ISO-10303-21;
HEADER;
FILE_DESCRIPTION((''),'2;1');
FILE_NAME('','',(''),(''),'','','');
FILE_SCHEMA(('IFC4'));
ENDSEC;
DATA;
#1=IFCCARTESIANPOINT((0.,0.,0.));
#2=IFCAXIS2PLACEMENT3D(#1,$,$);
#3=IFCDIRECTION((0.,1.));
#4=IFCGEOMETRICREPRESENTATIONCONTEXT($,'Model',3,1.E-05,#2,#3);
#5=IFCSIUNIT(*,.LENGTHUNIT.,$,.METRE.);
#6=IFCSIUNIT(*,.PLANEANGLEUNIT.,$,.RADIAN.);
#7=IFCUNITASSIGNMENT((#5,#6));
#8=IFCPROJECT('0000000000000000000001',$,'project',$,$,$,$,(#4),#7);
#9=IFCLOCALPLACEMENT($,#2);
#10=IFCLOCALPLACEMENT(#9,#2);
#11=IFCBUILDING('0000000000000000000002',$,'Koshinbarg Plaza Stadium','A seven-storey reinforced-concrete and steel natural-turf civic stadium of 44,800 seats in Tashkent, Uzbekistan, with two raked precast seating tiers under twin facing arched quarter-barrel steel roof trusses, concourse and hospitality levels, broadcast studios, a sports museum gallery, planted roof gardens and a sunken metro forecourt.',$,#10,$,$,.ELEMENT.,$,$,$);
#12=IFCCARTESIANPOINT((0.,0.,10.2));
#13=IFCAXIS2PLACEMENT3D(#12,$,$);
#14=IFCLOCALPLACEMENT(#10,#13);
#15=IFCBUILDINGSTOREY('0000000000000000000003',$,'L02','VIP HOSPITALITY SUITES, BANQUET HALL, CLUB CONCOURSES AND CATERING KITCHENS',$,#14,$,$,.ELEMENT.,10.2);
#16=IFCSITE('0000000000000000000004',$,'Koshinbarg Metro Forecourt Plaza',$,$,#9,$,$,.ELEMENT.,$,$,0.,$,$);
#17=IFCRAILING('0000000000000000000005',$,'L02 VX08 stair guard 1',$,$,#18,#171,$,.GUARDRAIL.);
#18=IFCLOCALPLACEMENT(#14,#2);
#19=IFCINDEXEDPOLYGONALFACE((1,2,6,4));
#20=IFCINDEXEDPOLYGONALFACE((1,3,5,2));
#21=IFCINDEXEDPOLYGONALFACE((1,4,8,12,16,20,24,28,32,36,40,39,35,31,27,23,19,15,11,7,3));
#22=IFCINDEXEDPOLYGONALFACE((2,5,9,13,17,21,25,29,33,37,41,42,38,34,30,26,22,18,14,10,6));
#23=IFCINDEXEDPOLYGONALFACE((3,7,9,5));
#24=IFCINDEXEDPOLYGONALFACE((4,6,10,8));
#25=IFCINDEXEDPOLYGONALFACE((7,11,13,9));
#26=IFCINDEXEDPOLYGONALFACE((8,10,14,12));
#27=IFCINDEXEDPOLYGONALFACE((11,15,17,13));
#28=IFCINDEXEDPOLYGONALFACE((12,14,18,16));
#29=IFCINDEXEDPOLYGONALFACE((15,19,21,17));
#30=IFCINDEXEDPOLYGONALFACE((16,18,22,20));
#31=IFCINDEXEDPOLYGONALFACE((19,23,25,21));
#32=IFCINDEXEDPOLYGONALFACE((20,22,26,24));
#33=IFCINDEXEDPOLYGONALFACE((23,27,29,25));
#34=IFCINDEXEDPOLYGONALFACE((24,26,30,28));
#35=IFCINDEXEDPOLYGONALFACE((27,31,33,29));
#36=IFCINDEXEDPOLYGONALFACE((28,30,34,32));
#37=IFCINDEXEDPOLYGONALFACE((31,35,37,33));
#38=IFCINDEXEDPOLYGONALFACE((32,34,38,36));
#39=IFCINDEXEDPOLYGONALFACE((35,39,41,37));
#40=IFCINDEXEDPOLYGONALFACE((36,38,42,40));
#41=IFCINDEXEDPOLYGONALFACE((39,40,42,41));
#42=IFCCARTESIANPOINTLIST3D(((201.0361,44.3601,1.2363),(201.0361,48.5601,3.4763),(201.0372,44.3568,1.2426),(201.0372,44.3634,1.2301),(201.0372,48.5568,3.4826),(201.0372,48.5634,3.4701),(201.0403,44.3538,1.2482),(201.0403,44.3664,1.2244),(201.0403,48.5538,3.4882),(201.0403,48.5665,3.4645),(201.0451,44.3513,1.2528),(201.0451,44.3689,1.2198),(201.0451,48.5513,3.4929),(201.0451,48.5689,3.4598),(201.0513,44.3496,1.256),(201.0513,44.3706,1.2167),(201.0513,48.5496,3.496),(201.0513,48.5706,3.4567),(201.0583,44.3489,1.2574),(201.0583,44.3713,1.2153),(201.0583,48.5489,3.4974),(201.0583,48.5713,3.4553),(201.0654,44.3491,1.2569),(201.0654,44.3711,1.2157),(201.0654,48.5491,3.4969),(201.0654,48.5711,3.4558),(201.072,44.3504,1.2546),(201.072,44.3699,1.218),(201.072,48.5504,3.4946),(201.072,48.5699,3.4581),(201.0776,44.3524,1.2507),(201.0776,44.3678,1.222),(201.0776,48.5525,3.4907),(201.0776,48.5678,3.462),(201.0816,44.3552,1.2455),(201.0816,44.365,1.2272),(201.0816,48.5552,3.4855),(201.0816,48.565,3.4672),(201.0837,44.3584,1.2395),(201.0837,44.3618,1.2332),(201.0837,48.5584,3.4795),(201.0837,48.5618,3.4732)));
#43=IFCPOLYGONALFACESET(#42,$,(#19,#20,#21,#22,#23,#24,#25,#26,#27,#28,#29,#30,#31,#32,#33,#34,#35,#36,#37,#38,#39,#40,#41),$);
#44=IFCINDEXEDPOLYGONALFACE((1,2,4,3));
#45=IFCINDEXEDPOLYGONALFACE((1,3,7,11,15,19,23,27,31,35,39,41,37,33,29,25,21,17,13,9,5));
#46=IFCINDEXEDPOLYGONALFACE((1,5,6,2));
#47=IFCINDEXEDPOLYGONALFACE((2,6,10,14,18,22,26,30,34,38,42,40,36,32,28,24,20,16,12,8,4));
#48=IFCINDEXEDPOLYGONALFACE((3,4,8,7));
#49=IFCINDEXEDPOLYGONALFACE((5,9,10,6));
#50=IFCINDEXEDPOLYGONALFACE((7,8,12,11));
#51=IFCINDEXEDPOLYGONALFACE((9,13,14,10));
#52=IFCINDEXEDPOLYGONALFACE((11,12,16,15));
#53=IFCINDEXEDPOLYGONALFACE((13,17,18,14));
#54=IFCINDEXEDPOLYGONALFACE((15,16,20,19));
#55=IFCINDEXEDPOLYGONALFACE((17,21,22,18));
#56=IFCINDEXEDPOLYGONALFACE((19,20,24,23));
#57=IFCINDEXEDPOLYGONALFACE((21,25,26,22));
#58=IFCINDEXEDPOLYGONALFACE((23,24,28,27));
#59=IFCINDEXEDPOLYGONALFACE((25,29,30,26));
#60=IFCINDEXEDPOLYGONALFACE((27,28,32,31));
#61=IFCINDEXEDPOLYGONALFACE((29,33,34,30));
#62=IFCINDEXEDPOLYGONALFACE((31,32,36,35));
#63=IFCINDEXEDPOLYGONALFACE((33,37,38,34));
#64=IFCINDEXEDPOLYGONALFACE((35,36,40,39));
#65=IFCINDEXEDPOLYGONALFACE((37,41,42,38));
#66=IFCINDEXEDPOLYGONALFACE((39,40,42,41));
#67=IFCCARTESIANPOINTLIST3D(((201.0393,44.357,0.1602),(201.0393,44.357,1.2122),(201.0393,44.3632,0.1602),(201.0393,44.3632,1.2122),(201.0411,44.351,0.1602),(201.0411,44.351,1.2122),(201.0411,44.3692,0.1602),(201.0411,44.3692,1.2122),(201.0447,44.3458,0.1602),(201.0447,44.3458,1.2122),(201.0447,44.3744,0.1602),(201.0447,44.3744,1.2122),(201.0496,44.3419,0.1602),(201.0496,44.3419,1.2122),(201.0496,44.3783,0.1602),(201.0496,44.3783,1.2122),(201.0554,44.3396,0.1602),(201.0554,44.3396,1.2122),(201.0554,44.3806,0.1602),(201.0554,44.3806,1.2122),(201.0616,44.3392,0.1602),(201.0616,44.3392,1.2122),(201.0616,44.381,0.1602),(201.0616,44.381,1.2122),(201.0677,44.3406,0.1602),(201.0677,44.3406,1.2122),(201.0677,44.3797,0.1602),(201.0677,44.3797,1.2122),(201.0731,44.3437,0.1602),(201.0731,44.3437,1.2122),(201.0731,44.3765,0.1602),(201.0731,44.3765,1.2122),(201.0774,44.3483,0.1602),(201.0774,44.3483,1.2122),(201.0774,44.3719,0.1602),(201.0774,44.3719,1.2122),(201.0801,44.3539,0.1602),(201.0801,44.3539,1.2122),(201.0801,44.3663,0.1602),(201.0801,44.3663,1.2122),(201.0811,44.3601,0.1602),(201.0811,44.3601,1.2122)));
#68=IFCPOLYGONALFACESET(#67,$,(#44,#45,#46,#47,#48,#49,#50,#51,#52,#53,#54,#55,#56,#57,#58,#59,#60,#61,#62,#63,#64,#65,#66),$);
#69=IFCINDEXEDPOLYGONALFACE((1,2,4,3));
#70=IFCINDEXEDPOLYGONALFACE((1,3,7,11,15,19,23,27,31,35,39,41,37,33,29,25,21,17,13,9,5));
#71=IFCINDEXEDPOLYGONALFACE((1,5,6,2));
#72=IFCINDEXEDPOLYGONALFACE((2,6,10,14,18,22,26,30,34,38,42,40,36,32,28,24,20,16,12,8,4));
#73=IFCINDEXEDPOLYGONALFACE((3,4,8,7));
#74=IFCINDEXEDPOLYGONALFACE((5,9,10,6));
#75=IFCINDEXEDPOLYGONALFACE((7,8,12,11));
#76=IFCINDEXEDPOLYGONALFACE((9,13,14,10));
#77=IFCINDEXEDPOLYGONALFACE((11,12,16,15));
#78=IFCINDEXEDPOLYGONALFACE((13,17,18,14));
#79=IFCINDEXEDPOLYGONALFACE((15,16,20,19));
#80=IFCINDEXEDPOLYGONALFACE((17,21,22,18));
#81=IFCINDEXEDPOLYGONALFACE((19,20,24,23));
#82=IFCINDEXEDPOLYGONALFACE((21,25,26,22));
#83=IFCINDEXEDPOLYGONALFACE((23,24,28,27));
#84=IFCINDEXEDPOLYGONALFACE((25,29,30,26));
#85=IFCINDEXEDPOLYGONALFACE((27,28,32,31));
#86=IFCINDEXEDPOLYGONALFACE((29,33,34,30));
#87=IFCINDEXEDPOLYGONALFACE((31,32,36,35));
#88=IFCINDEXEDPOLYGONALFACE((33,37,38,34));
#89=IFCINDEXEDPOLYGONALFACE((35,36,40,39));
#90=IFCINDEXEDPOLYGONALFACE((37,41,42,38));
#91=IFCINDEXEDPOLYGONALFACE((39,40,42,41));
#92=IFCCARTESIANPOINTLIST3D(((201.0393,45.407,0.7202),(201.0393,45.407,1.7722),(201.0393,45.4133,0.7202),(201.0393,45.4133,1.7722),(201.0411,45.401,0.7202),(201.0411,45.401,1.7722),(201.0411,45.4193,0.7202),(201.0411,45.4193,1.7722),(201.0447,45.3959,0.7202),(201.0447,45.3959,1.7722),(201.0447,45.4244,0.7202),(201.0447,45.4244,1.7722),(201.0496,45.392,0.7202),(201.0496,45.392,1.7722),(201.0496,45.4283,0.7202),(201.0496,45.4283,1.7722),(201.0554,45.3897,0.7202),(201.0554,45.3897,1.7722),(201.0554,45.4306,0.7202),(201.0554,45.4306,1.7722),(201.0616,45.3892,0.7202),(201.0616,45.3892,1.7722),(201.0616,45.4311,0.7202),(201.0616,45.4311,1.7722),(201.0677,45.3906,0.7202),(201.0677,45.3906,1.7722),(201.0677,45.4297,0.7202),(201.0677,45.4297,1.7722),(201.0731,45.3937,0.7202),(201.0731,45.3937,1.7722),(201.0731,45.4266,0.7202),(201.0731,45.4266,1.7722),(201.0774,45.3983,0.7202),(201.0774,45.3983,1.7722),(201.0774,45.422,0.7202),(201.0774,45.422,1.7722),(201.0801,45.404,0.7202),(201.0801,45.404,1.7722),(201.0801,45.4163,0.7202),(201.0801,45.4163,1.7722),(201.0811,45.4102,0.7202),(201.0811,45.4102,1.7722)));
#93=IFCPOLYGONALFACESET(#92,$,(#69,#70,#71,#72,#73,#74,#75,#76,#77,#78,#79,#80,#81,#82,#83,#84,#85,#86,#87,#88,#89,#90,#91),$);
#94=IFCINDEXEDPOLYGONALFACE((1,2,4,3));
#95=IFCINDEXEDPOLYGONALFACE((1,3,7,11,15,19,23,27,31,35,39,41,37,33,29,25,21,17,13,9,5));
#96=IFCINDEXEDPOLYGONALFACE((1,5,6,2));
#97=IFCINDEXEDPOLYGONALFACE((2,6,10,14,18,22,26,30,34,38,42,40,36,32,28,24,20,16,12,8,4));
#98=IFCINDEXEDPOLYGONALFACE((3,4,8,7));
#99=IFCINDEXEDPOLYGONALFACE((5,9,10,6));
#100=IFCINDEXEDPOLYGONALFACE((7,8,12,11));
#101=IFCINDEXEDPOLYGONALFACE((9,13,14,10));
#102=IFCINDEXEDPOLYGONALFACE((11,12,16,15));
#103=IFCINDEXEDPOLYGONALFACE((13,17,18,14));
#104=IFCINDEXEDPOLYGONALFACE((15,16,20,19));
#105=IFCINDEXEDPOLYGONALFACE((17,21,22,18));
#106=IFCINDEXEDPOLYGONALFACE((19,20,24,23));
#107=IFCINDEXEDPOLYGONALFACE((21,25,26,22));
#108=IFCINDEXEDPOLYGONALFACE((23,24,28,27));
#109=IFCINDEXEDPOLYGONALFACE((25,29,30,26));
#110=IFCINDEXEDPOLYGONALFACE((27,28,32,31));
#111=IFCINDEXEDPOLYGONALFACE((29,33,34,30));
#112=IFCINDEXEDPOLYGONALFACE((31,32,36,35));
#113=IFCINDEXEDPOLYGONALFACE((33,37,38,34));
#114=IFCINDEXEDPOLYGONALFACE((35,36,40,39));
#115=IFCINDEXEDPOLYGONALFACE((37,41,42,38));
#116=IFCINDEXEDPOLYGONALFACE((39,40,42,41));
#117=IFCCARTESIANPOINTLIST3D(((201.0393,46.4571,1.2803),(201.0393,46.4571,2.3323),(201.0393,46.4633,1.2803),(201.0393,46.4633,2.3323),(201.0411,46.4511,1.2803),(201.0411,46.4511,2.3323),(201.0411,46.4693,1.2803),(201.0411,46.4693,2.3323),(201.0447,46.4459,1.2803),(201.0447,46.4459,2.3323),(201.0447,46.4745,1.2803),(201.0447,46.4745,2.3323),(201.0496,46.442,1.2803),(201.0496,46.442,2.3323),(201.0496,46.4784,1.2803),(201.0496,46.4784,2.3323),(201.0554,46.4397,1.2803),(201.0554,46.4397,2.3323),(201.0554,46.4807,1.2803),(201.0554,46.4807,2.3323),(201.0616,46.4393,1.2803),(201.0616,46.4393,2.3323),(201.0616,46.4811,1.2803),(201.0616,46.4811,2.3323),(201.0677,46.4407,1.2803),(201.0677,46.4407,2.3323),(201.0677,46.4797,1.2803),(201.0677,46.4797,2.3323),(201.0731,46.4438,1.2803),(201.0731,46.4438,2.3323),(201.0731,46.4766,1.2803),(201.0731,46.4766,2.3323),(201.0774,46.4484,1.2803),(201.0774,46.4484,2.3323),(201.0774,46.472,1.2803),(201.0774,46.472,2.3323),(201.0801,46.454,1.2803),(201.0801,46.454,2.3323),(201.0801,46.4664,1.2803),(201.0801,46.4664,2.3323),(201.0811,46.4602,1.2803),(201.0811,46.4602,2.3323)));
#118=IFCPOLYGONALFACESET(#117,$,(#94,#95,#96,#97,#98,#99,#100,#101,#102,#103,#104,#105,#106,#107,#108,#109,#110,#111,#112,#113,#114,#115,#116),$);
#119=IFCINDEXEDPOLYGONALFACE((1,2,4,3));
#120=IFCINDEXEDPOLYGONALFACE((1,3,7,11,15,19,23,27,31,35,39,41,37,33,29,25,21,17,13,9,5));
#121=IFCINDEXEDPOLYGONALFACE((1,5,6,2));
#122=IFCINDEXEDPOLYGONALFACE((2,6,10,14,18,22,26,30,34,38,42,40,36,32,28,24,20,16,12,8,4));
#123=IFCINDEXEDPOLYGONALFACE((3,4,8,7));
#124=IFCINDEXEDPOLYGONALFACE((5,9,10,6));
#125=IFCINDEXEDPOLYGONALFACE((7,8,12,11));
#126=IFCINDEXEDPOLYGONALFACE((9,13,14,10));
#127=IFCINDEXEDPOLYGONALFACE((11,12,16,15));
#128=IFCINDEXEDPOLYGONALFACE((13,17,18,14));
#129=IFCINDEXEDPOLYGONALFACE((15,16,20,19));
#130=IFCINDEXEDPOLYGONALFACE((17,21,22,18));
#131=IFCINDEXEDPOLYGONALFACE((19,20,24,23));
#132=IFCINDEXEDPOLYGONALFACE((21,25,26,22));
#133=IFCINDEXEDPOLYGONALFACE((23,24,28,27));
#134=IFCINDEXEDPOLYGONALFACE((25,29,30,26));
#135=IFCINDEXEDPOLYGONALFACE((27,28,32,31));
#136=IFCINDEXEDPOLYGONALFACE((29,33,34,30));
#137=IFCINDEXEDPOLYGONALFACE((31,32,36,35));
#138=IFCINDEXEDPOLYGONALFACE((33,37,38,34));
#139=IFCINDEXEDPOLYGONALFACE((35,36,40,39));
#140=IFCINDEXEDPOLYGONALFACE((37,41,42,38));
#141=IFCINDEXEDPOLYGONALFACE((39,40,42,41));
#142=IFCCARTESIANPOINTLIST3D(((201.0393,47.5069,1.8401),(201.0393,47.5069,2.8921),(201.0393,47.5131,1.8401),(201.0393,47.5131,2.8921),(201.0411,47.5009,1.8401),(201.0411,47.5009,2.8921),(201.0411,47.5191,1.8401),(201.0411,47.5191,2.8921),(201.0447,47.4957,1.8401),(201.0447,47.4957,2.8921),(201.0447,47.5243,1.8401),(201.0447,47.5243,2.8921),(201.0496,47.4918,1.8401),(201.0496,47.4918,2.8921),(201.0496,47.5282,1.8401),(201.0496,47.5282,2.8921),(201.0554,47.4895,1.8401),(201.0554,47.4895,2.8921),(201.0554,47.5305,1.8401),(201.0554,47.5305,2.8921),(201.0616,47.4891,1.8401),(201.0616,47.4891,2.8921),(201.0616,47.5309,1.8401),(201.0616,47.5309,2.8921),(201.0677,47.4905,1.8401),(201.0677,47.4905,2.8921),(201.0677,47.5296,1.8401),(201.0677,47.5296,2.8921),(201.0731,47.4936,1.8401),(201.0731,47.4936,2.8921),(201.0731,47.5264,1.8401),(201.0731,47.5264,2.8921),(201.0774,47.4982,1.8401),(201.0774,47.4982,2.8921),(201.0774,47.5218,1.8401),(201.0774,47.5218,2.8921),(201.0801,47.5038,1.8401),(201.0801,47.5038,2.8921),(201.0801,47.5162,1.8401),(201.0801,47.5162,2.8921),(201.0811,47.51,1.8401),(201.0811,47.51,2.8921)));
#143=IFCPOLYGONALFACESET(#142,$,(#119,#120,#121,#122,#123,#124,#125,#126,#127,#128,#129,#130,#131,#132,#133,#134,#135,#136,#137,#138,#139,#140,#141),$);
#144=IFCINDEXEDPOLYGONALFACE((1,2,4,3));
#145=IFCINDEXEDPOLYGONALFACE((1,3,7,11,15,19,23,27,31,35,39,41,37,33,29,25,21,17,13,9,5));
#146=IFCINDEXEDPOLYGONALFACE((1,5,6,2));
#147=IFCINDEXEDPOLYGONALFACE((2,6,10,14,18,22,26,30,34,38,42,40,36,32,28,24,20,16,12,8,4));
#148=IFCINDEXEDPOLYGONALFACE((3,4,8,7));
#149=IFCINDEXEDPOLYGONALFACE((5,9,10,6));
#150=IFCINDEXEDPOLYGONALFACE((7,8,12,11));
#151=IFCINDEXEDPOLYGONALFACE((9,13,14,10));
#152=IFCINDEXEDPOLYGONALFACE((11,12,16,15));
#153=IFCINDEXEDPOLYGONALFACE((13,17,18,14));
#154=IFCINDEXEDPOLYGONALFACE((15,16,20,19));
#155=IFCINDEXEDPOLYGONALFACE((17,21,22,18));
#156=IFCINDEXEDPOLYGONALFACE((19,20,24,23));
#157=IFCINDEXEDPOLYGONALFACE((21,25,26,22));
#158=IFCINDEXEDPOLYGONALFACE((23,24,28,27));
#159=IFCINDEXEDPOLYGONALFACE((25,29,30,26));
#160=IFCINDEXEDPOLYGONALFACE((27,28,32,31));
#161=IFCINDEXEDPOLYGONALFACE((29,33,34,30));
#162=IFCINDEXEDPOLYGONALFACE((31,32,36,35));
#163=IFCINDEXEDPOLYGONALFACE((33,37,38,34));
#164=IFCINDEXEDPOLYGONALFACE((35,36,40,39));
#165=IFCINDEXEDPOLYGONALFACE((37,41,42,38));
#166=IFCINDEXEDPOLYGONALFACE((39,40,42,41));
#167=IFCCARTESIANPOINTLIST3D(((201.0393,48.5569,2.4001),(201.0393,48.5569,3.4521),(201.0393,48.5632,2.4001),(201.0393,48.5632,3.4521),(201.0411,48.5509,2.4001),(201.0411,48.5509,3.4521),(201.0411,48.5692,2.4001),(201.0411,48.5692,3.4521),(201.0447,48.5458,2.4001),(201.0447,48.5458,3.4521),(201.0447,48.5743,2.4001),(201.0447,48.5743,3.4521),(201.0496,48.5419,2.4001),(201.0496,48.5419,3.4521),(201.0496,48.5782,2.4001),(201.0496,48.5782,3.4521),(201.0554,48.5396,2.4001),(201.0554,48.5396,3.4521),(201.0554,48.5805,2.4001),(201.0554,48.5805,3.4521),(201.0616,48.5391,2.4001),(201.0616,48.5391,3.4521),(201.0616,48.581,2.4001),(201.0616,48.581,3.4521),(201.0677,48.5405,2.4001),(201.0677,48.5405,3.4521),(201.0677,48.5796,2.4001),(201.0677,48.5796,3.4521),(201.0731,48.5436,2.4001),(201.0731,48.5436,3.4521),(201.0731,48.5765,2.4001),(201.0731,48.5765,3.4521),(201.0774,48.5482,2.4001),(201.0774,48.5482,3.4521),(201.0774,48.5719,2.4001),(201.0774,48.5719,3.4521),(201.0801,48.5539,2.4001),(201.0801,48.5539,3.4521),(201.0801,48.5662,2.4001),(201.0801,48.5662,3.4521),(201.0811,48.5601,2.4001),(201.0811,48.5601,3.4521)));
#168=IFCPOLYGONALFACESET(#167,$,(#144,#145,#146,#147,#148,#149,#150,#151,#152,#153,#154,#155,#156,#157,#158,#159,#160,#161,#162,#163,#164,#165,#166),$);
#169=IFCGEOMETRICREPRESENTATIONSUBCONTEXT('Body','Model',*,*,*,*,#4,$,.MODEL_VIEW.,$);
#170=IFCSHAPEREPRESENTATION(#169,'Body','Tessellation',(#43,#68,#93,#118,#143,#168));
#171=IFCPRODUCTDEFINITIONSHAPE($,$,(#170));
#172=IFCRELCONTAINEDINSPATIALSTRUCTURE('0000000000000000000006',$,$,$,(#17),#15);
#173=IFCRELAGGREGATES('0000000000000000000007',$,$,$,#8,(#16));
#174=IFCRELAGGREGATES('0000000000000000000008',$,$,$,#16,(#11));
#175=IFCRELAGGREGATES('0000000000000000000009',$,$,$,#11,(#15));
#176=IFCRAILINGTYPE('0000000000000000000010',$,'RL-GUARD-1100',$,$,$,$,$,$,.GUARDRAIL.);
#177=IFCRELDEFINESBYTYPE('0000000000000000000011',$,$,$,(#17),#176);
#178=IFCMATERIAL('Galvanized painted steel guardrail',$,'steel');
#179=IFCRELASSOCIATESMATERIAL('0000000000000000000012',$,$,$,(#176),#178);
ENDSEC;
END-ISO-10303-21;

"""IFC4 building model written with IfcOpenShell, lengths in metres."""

from ifc_helpers import new_model, si_unit, direction, frame, origin, origin_2d, place, context, subcontext, project, spatial, circle, extrude, material, type_object, element, save


model = new_model("IFC4")

# Units and contexts
model_context = context("Model", 3, precision=1e-05, world=origin(), true_north=direction((0.0, 1.0)))
body_context = subcontext(model_context, "Body", "Model", "MODEL_VIEW")
ifc_project = project(units=[si_unit("LENGTHUNIT", "METRE"), si_unit("PLANEANGLEUNIT", "RADIAN")], contexts=[model_context])

# Site, building, storey
site_placement = place(None, origin())
site = spatial("IfcSite", under=ifc_project, at=site_placement, Name="Koshinbarg Metro Forecourt Plaza", CompositionType="ELEMENT", RefElevation=0.0)
building_placement = place(site_placement, origin())
building = spatial("IfcBuilding", under=site, at=building_placement, Name="Koshinbarg Plaza Stadium", Description="A seven-storey reinforced-concrete and steel natural-turf civic stadium of 44,800 seats in Tashkent, Uzbekistan, with two raked precast seating tiers under twin facing arched quarter-barrel steel roof trusses, concourse and hospitality levels, broadcast studios, a sports museum gallery, planted roof gardens and a sunken metro forecourt.", CompositionType="ELEMENT")
storey_placement = place(building_placement, frame((0.0, 0.0, 10.2)))
storey = spatial("IfcBuildingStorey", under=building, at=storey_placement, Name="L02", Description="VIP HOSPITALITY SUITES, BANQUET HALL, CLUB CONCOURSES AND CATERING KITCHENS", CompositionType="ELEMENT", Elevation=10.2)

# Railing
ifc_material_1 = material(Name="Galvanized painted steel guardrail", Category="steel")
railing_type_1 = type_object("IfcRailingType", Name="RL-GUARD-1100", PredefinedType="GUARDRAIL", material=ifc_material_1)
railing_1_placement = place(storey_placement, frame((201.0601, 44.3601, 0.1602)))
element("IfcRailing", 1, at=railing_1_placement, inside=storey, type_object=railing_type_1, Name="L02 VX08 stair guard 1", PredefinedType="GUARDRAIL", context=body_context, shape_type="SweptSolid", body=[
    extrude(circle(Radius=0.0239, at=origin_2d()), frame((0.0, 0.0, 1.0762), z_axis=(0.0, 0.882352, 0.470591), x_axis=(-1.0, 0.0, 0.0)), (0.0, 0.0, 1.0), 4.76),
    extrude(circle(Radius=0.021, at=origin_2d()), origin(), (0.0, 0.0, 1.0), 1.052),
    extrude(circle(Radius=0.021, at=origin_2d()), frame((0.0, 1.05, 0.5601)), (0.0, 0.0, 1.0), 1.052),
    extrude(circle(Radius=0.021, at=origin_2d()), frame((0.0, 2.1001, 1.1201)), (0.0, 0.0, 1.0), 1.052),
    extrude(circle(Radius=0.021, at=origin_2d()), frame((0.0, 3.1499, 1.6799)), (0.0, 0.0, 1.0), 1.052),
    extrude(circle(Radius=0.021, at=origin_2d()), frame((0.0, 4.2, 2.24)), (0.0, 0.0, 1.0), 1.052),
])

save(model, "model.ifc")
